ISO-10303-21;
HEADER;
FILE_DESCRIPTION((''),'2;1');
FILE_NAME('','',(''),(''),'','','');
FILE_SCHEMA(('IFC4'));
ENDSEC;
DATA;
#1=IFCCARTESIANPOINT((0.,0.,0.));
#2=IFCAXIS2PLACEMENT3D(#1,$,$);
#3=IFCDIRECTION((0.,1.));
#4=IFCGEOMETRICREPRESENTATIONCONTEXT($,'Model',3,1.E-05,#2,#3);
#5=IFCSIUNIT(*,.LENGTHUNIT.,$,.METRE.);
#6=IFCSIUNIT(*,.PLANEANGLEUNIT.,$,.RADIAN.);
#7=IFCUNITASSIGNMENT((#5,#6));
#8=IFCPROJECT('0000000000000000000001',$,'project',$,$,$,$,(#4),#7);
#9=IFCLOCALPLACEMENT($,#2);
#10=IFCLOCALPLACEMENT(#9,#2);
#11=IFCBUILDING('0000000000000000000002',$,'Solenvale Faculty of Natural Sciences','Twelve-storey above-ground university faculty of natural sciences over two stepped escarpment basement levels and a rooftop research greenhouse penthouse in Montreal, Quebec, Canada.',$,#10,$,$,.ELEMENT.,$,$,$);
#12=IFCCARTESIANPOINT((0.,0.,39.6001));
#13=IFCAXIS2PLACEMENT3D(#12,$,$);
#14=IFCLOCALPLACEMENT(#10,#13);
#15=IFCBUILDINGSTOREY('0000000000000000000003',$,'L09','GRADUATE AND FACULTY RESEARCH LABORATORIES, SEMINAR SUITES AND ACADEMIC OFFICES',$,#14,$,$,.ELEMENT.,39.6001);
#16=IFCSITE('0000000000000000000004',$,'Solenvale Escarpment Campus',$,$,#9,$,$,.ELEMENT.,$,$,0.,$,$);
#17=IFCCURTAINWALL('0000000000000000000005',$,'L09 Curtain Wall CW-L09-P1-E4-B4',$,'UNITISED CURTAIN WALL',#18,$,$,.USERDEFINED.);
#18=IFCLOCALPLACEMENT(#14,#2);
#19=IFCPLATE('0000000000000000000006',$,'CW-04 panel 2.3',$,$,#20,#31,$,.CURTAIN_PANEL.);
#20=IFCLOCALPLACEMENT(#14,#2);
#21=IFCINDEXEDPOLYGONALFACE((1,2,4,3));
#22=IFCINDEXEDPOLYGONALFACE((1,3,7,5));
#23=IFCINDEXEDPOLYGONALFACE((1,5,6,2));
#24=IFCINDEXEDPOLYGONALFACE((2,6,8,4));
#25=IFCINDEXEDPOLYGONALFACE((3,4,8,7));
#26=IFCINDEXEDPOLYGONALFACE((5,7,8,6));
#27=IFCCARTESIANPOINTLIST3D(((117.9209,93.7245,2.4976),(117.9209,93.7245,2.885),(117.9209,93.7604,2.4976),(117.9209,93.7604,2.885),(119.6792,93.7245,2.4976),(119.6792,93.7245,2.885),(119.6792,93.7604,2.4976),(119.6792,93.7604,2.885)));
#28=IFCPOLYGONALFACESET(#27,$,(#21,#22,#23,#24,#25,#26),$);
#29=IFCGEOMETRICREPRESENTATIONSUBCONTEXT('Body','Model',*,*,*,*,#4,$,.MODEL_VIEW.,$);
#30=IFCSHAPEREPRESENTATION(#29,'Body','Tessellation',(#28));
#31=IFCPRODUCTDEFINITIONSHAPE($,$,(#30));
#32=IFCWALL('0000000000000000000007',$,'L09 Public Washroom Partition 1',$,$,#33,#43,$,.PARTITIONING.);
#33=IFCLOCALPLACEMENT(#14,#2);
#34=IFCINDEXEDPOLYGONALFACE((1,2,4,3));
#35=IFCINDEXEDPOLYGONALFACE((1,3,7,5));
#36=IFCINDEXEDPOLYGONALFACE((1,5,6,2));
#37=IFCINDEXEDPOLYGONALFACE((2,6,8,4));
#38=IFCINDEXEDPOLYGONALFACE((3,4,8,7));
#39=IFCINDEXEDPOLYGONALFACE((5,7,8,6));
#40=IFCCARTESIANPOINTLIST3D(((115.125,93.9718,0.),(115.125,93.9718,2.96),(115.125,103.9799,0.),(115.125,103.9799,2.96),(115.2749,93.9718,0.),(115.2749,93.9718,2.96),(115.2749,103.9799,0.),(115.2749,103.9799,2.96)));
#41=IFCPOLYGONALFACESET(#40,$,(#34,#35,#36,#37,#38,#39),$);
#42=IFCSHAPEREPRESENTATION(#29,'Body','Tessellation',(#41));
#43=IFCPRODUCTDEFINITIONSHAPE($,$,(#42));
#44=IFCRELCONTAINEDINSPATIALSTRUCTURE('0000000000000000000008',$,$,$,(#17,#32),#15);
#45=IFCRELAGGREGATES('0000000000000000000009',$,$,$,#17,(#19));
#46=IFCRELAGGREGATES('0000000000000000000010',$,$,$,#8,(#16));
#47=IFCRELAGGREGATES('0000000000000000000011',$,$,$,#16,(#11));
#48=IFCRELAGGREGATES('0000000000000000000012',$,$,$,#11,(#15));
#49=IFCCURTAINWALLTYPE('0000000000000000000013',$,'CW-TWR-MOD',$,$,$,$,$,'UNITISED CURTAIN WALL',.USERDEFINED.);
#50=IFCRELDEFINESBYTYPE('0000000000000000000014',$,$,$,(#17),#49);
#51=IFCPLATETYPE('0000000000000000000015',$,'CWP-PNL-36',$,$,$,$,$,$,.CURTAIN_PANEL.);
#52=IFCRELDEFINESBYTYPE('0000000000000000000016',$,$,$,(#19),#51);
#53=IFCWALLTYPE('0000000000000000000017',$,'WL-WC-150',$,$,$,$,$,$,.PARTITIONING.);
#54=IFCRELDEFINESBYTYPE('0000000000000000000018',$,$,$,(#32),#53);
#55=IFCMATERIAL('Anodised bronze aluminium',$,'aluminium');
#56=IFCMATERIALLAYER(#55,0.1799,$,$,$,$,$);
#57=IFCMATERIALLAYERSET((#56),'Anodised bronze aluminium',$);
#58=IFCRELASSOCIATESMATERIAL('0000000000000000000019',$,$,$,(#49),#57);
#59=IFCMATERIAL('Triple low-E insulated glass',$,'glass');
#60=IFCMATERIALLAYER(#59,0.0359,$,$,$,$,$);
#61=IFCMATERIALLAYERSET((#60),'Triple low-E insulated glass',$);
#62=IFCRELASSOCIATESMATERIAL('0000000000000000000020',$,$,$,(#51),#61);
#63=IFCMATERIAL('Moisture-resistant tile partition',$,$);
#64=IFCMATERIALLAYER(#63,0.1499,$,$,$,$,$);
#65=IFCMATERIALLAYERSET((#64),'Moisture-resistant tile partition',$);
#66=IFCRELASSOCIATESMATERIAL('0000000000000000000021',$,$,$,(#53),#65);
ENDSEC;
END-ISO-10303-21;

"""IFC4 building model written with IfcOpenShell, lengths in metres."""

from ifc_helpers import new_model, si_unit, direction, frame, frame_2d, origin, origin_2d, place, context, subcontext, project, spatial, rectangle, extrude, material, layer, layer_set, type_object, element, aggregate, save


model = new_model("IFC4")

# Units and contexts
model_context = context("Model", 3, precision=1e-05, world=origin(), true_north=direction((0.0, 1.0)))
body_context = subcontext(model_context, "Body", "Model", "MODEL_VIEW")
ifc_project = project(units=[si_unit("LENGTHUNIT", "METRE"), si_unit("PLANEANGLEUNIT", "RADIAN")], contexts=[model_context])

# Site, building, storey
site_placement = place(None, origin())
site = spatial("IfcSite", under=ifc_project, at=site_placement, Name="Solenvale Escarpment Campus", CompositionType="ELEMENT", RefElevation=0.0)
building_placement = place(site_placement, origin())
building = spatial("IfcBuilding", under=site, at=building_placement, Name="Solenvale Faculty of Natural Sciences", Description="Twelve-storey above-ground university faculty of natural sciences over two stepped escarpment basement levels and a rooftop research greenhouse penthouse in Montreal, Quebec, Canada.", CompositionType="ELEMENT")
storey_placement = place(building_placement, frame((0.0, 0.0, 39.6001)))
storey = spatial("IfcBuildingStorey", under=building, at=storey_placement, Name="L09", Description="GRADUATE AND FACULTY RESEARCH LABORATORIES, SEMINAR SUITES AND ACADEMIC OFFICES", CompositionType="ELEMENT", Elevation=39.6001)

# Curtain wall, plate
ifc_material_1 = material(Name="Anodised bronze aluminium", Category="aluminium")
ifc_layer_1 = layer(ifc_material_1, 0.1799)
ifc_layer_set_1 = layer_set([ifc_layer_1], Name="Anodised bronze aluminium")
curtain_wall_type = type_object("IfcCurtainWallType", Name="CW-TWR-MOD", ElementType="UNITISED CURTAIN WALL", PredefinedType="USERDEFINED", material=ifc_layer_set_1)
curtain_wall_placement = place(storey_placement, origin())
curtain_wall = element("IfcCurtainWall", 1, at=curtain_wall_placement, inside=storey, type_object=curtain_wall_type, Name="L09 Curtain Wall CW-L09-P1-E4-B4", ObjectType="UNITISED CURTAIN WALL", PredefinedType="USERDEFINED")
ifc_material_2 = material(Name="Triple low-E insulated glass", Category="glass")
ifc_layer_2 = layer(ifc_material_2, 0.0359)
ifc_layer_set_2 = layer_set([ifc_layer_2], Name="Triple low-E insulated glass")
plate_type = type_object("IfcPlateType", Name="CWP-PNL-36", PredefinedType="CURTAIN_PANEL", material=ifc_layer_set_2)
plate_1_placement = place(storey_placement, frame((118.8, 93.7424, 2.4976), z_axis=(0.0, 0.0, 1.0), x_axis=(1.0, 0.0, 0.0)))
plate_1 = element("IfcPlate", 2, at=plate_1_placement, type_object=plate_type, Name="CW-04 panel 2.3", PredefinedType="CURTAIN_PANEL", context=body_context, shape_type="SweptSolid", body=[
    extrude(rectangle(XDim=1.7583, YDim=0.0359, at=origin_2d()), origin(), (0.0, 0.0, 1.0), 0.3875),
])
aggregate(curtain_wall, [plate_1])

# Wall
ifc_material_3 = material(Name="Moisture-resistant tile partition")
ifc_layer_3 = layer(ifc_material_3, 0.1499)
ifc_layer_set_3 = layer_set([ifc_layer_3], Name="Moisture-resistant tile partition")
wall_type = type_object("IfcWallType", Name="WL-WC-150", PredefinedType="PARTITIONING", material=ifc_layer_set_3)
wall_placement = place(storey_placement, frame((115.2, 93.9719, 0.0), z_axis=(0.0, 0.0, 1.0), x_axis=(0.0, 1.0, 0.0)))
element("IfcWall", 3, at=wall_placement, inside=storey, type_object=wall_type, Name="L09 Public Washroom Partition 1", PredefinedType="PARTITIONING", context=body_context, shape_type="SweptSolid", body=[
    extrude(rectangle(XDim=10.0081, YDim=0.1499, at=frame_2d((5.0039, 0.0))), origin(), (0.0, 0.0, 1.0), 2.96),
])

save(model, "model.ifc")
